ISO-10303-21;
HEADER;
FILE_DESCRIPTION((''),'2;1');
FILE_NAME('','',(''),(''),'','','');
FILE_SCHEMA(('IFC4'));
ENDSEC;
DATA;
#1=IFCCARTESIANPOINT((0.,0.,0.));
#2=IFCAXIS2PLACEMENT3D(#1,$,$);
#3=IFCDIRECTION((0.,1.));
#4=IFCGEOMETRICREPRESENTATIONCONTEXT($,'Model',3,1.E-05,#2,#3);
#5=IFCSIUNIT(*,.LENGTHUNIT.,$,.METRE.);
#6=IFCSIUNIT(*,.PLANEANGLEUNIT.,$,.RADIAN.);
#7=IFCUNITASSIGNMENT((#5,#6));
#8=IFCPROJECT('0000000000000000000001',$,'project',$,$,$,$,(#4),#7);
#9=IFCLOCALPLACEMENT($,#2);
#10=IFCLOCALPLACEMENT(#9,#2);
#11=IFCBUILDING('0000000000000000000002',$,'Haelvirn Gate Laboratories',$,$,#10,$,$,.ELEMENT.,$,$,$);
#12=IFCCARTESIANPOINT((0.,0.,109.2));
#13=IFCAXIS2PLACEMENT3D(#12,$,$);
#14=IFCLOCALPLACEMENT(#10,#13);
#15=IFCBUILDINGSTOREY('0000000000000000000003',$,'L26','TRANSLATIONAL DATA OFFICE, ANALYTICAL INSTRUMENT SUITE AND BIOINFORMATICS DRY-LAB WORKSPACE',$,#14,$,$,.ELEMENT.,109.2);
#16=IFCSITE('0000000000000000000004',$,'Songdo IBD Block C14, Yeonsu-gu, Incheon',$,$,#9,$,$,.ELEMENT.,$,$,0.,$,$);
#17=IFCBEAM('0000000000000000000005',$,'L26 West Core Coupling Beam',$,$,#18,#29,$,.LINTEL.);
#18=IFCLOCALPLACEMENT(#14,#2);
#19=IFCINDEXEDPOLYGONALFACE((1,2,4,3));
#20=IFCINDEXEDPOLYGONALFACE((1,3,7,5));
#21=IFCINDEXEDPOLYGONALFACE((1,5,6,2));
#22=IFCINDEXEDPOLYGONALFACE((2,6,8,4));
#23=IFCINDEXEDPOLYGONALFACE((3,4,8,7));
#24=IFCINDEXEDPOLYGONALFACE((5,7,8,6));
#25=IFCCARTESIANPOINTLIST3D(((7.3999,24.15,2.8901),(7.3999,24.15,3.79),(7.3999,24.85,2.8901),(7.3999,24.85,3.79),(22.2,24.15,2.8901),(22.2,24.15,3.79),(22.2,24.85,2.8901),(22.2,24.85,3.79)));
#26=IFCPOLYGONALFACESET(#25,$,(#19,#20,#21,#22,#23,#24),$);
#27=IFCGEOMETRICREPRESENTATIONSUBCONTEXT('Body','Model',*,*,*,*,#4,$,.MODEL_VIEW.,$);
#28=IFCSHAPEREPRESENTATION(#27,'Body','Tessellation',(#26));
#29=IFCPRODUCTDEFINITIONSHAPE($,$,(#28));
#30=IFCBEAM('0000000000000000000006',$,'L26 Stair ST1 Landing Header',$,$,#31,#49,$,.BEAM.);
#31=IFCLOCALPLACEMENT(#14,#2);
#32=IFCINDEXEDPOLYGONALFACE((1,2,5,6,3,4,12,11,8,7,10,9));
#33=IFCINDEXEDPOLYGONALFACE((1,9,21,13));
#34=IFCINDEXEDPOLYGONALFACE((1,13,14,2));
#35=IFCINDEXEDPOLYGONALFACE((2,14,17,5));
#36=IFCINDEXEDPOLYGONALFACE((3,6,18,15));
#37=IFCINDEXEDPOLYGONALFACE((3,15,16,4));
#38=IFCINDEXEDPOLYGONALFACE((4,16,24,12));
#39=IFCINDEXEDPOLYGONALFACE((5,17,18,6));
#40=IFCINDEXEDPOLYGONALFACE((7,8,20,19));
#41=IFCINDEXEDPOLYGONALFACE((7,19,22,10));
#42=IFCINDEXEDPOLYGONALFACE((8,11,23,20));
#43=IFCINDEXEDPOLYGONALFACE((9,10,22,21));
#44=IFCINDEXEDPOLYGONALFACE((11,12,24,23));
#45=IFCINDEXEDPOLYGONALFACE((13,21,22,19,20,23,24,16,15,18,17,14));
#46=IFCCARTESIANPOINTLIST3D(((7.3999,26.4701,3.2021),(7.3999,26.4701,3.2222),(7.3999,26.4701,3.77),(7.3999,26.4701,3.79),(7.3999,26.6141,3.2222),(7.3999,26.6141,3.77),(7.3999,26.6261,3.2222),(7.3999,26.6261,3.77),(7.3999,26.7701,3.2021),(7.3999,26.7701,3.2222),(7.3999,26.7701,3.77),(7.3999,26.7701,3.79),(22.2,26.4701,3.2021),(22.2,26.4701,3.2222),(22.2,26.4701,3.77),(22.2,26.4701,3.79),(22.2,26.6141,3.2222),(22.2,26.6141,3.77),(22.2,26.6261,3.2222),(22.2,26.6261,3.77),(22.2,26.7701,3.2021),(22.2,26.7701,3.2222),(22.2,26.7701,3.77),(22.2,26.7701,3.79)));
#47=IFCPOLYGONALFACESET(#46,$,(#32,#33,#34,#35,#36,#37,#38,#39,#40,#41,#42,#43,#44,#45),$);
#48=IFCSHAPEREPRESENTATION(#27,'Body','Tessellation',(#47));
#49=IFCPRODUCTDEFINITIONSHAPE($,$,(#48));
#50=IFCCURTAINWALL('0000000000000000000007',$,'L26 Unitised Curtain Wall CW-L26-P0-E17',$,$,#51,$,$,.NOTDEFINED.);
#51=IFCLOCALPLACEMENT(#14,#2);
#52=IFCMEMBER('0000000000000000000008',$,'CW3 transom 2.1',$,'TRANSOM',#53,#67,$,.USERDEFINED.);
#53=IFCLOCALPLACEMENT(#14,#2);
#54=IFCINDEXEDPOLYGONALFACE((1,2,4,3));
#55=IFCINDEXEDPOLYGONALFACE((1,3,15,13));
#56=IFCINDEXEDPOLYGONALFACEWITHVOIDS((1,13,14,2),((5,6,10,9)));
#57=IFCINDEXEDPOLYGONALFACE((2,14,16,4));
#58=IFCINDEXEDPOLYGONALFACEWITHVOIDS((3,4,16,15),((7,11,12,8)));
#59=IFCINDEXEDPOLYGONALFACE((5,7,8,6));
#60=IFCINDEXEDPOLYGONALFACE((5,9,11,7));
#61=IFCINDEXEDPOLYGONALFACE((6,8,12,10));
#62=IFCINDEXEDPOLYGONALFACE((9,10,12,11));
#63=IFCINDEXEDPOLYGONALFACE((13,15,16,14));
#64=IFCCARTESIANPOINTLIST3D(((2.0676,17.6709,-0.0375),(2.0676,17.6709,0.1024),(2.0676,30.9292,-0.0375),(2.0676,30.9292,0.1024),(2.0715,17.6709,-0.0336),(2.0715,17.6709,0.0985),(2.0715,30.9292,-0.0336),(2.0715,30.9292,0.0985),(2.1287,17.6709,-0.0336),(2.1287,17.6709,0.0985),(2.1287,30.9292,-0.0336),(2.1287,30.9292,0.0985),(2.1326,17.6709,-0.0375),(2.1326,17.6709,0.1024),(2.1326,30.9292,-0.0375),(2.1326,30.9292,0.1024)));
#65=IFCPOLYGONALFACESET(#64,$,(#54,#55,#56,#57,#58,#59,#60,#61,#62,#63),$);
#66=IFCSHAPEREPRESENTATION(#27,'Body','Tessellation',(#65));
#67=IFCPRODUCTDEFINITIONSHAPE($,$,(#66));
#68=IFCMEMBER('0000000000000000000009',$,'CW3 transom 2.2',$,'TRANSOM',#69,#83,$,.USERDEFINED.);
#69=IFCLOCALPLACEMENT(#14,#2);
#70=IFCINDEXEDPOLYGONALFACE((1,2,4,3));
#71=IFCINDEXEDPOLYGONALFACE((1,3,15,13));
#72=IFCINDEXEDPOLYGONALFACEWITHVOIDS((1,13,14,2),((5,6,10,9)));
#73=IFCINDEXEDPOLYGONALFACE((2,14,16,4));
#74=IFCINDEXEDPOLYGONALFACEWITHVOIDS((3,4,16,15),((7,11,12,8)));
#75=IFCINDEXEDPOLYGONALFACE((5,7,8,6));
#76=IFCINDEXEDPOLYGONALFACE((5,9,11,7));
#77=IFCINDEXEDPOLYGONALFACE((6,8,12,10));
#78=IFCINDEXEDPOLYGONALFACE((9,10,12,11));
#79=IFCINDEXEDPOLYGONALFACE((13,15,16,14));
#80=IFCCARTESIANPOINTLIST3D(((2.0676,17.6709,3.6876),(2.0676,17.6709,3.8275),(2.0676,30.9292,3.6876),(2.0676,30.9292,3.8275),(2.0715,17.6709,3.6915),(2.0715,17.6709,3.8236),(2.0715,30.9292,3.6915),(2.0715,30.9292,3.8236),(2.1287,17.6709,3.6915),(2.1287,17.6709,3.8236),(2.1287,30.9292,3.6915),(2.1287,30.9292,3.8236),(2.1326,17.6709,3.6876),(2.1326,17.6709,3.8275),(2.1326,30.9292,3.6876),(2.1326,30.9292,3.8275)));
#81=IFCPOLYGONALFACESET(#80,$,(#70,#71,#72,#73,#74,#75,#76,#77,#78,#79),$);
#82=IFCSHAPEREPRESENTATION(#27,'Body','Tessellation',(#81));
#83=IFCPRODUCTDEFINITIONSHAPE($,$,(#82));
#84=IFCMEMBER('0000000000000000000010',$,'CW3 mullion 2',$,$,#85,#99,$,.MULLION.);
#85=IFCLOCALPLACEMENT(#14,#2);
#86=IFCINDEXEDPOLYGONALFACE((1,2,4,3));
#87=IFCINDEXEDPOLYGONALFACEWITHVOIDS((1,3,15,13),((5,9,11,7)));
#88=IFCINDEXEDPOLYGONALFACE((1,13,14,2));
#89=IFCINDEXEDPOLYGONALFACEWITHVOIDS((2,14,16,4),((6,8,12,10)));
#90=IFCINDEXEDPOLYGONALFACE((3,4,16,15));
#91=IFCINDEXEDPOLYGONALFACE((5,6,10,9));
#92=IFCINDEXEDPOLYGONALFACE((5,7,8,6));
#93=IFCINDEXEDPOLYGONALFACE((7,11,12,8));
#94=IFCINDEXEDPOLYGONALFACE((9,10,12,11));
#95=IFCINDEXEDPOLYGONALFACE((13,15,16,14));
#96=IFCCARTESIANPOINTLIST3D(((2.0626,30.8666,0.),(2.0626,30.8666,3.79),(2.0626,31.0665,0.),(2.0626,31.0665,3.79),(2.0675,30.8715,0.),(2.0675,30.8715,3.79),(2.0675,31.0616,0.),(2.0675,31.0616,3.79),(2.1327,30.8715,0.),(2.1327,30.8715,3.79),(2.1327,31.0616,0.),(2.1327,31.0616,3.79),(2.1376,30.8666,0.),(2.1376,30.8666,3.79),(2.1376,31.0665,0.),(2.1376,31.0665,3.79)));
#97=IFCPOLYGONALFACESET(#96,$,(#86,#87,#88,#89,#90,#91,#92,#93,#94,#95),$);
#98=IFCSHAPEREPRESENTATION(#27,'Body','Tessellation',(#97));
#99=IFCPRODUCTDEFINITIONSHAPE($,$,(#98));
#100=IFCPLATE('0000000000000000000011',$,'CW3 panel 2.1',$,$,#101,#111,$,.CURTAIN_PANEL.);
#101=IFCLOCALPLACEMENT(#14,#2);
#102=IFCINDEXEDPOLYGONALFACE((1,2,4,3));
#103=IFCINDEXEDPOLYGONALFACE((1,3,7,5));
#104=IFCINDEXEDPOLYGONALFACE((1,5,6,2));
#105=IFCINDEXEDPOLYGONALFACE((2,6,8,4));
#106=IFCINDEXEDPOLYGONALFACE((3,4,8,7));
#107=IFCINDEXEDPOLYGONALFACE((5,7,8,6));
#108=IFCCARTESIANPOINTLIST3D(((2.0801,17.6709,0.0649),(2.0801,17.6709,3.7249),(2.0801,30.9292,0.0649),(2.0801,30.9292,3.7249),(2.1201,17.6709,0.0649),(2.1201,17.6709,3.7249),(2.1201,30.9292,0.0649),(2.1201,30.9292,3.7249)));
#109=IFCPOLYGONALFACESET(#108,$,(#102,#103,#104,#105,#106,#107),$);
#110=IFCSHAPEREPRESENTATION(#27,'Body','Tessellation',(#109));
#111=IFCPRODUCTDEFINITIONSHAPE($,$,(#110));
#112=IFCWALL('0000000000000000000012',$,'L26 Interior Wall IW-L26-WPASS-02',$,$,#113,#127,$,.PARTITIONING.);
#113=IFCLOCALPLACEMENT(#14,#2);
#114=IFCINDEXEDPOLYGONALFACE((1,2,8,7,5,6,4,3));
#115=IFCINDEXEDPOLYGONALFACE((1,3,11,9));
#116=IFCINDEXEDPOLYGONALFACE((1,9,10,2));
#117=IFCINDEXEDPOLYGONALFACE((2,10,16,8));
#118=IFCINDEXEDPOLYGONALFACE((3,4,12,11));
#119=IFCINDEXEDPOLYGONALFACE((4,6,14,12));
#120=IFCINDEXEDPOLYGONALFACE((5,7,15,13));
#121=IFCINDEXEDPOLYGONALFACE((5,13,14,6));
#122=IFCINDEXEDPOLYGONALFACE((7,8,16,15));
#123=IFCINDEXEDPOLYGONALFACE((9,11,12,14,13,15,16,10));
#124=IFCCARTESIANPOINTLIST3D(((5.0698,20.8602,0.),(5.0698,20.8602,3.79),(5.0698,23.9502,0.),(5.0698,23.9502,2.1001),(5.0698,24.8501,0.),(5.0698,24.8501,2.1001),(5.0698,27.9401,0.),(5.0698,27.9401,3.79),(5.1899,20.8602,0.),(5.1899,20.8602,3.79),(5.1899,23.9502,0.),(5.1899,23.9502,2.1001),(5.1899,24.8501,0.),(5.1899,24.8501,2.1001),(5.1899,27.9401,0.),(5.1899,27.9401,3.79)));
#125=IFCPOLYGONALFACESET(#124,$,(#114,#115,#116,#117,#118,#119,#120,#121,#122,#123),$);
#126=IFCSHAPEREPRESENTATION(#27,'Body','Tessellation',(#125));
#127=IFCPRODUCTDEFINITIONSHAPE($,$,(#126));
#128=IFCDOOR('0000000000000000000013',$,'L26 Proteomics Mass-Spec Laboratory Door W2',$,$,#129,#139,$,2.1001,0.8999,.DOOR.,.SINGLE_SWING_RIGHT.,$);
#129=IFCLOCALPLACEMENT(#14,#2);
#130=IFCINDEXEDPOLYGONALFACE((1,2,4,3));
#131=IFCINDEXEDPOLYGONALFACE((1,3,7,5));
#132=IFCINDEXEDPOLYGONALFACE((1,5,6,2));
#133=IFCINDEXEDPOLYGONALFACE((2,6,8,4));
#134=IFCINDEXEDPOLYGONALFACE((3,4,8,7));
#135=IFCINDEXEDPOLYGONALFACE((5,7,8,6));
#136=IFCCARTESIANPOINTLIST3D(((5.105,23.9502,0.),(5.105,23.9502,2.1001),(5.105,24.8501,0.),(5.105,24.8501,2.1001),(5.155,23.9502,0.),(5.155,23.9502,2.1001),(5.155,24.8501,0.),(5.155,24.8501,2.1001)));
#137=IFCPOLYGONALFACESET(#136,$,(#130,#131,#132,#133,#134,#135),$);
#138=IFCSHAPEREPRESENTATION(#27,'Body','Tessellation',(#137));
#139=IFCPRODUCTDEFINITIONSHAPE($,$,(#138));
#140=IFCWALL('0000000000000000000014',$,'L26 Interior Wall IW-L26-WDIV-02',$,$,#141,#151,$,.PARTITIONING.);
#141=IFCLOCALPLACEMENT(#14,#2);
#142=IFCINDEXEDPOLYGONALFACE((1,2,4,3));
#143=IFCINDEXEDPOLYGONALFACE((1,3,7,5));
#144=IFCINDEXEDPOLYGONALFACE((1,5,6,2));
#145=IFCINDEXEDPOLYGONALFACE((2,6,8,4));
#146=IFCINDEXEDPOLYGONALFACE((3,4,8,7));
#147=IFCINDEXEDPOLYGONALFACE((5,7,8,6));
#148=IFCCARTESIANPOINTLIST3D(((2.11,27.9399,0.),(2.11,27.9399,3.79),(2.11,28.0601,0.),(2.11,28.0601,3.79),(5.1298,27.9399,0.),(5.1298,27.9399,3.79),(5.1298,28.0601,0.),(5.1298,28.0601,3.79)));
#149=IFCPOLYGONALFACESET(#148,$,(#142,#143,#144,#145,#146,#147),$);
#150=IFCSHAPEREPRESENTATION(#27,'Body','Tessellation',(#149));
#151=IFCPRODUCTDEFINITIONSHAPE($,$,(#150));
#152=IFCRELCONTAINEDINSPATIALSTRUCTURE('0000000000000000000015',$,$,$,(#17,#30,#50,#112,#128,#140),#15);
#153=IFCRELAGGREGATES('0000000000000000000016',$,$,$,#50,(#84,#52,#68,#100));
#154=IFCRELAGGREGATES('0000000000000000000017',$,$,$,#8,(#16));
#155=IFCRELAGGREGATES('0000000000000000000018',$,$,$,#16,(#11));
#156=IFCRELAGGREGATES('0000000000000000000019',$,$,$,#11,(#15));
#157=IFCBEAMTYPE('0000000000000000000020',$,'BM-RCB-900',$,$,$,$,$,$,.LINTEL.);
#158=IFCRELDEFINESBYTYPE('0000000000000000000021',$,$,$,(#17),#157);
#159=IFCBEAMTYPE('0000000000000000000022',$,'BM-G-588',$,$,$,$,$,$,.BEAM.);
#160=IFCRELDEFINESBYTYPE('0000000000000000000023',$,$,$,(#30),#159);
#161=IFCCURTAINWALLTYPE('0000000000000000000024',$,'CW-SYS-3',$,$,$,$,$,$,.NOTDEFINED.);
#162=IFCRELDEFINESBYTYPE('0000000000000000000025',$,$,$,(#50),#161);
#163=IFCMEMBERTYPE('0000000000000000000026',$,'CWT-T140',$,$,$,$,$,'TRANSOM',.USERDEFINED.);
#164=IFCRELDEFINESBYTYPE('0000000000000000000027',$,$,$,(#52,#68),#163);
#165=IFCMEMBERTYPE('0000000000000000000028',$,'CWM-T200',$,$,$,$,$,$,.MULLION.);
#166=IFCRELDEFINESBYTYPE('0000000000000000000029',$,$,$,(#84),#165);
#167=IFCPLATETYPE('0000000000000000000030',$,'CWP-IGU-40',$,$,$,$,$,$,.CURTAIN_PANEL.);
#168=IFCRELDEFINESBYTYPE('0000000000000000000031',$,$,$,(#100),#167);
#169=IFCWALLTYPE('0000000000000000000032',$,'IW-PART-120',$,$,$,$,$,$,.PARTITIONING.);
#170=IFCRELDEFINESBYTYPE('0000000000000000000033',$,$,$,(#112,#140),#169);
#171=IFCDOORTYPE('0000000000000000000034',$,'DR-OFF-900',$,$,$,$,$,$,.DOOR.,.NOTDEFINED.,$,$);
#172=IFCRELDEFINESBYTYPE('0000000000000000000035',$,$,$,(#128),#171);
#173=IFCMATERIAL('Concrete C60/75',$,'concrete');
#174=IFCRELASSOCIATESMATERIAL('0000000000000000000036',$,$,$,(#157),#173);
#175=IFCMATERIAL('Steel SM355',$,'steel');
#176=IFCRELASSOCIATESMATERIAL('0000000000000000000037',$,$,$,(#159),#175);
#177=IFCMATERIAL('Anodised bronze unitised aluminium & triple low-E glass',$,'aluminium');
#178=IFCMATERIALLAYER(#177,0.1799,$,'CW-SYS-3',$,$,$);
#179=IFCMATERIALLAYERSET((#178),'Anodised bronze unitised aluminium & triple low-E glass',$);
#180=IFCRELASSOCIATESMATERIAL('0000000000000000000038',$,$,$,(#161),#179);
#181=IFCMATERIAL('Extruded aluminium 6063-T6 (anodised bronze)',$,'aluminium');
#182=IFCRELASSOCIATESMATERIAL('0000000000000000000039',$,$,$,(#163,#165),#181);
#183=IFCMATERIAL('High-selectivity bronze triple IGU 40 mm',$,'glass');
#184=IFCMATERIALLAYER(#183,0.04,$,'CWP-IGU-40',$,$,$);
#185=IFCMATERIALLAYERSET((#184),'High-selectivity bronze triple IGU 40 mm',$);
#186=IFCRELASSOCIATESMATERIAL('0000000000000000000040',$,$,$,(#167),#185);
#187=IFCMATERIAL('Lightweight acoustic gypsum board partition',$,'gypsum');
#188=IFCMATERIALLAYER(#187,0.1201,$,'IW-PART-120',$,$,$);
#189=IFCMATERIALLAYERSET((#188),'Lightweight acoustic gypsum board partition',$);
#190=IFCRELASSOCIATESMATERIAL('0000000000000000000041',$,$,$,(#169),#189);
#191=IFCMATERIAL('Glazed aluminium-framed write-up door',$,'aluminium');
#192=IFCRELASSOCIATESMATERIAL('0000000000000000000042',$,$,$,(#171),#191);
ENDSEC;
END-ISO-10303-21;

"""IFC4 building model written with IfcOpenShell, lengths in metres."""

from ifc_helpers import new_model, si_unit, direction, frame, frame_2d, origin, origin_2d, place, context, subcontext, project, spatial, rectangle, hollow_rectangle, i_section, extrude, source, transform, mapped, material, layer, layer_set, material_profile, profile_set, type_object, type_shapes, element, fill, aggregate, save


model = new_model("IFC4")

# Units and contexts
model_context = context("Model", 3, precision=1e-05, world=origin(), true_north=direction((0.0, 1.0)))
body_context = subcontext(model_context, "Body", "Model", "MODEL_VIEW")
ifc_project = project(units=[si_unit("LENGTHUNIT", "METRE"), si_unit("PLANEANGLEUNIT", "RADIAN")], contexts=[model_context])

# Site, building, storey
site_placement = place(None, origin())
site = spatial("IfcSite", under=ifc_project, at=site_placement, Name="Songdo IBD Block C14, Yeonsu-gu, Incheon", CompositionType="ELEMENT", RefElevation=0.0)
building_placement = place(site_placement, origin())
building = spatial("IfcBuilding", under=site, at=building_placement, Name="Haelvirn Gate Laboratories", CompositionType="ELEMENT")
storey_placement = place(building_placement, frame((0.0, 0.0, 109.2)))
storey = spatial("IfcBuildingStorey", under=building, at=storey_placement, Name="L26", Description="TRANSLATIONAL DATA OFFICE, ANALYTICAL INSTRUMENT SUITE AND BIOINFORMATICS DRY-LAB WORKSPACE", CompositionType="ELEMENT", Elevation=109.2)

# Beams
ifc_material_1 = material(Name="Concrete C60/75", Category="concrete")
ifc_material_profile_1 = material_profile(ifc_material_1, rectangle(XDim=0.7, YDim=0.8999, at=origin_2d()), Name="RCB-700x900")
ifc_profile_set_1 = profile_set([ifc_material_profile_1], Name="Concrete C60/75")
beam_type_1 = type_object("IfcBeamType", Name="BM-RCB-900", PredefinedType="LINTEL", material=ifc_profile_set_1)
shared_shape_1 = source(origin(), body_context, "Body", "SweptSolid", [
    extrude(rectangle(XDim=0.7, YDim=0.8999, at=origin_2d()), origin(), (0.0, 0.0, 1.0), 14.8),
])
type_shapes(beam_type_1, [shared_shape_1])
beam_1_placement = place(storey_placement, frame((7.3999, 24.5, 3.3401), z_axis=(1.0, 0.0, 0.0), x_axis=(0.0, 1.0, 0.0)))
element("IfcBeam", 1, at=beam_1_placement, inside=storey, type_object=beam_type_1, Name="L26 West Core Coupling Beam", PredefinedType="LINTEL", context=body_context, shape_type="MappedRepresentation", body=[
    mapped(shared_shape_1, transform((0.0, 0.0, 0.0), scale=1.0)),
])
ifc_material_2 = material(Name="Steel SM355", Category="steel")
ifc_material_profile_2 = material_profile(ifc_material_2, i_section(OverallWidth=0.3, OverallDepth=0.5879, WebThickness=0.012, FlangeThickness=0.02, at=origin_2d()), Name="H-588x300x12x20")
ifc_profile_set_2 = profile_set([ifc_material_profile_2], Name="Steel SM355")
beam_type_2 = type_object("IfcBeamType", Name="BM-G-588", PredefinedType="BEAM", material=ifc_profile_set_2)
shared_shape_2 = source(origin(), body_context, "Body", "SweptSolid", [
    extrude(i_section(OverallWidth=0.3, OverallDepth=0.5879, WebThickness=0.012, FlangeThickness=0.02, at=origin_2d()), origin(), (0.0, 0.0, 1.0), 14.8),
])
type_shapes(beam_type_2, [shared_shape_2])
beam_2_placement = place(storey_placement, frame((7.3999, 26.6201, 3.4961), z_axis=(1.0, 0.0, 0.0), x_axis=(0.0, 1.0, 0.0)))
element("IfcBeam", 2, at=beam_2_placement, inside=storey, type_object=beam_type_2, Name="L26 Stair ST1 Landing Header", PredefinedType="BEAM", context=body_context, shape_type="MappedRepresentation", body=[
    mapped(shared_shape_2, transform((0.0, 0.0, 0.0), scale=1.0)),
])

# Curtain wall, members, plate
ifc_material_3 = material(Name="Anodised bronze unitised aluminium & triple low-E glass", Category="aluminium")
ifc_layer_1 = layer(ifc_material_3, 0.1799, Name="CW-SYS-3")
ifc_layer_set_1 = layer_set([ifc_layer_1], Name="Anodised bronze unitised aluminium & triple low-E glass")
curtain_wall_type = type_object("IfcCurtainWallType", Name="CW-SYS-3", PredefinedType="NOTDEFINED", material=ifc_layer_set_1)
curtain_wall_placement = place(storey_placement, origin())
curtain_wall = element("IfcCurtainWall", 3, at=curtain_wall_placement, inside=storey, type_object=curtain_wall_type, Name="L26 Unitised Curtain Wall CW-L26-P0-E17", PredefinedType="NOTDEFINED")
ifc_material_4 = material(Name="Extruded aluminium 6063-T6 (anodised bronze)", Category="aluminium")
ifc_material_profile_3 = material_profile(ifc_material_4, hollow_rectangle(XDim=0.0649, YDim=0.1399, WallThickness=0.0039, at=origin_2d()), Name="CWT-140x65x4")
ifc_profile_set_3 = profile_set([ifc_material_profile_3], Name="Extruded aluminium 6063-T6 (anodised bronze)")
member_type_1 = type_object("IfcMemberType", Name="CWT-T140", ElementType="TRANSOM", PredefinedType="USERDEFINED", material=ifc_profile_set_3)
shared_shape_3 = source(origin(), body_context, "Body", "SweptSolid", [
    extrude(hollow_rectangle(XDim=0.0649, YDim=0.1399, WallThickness=0.0039, at=origin_2d()), origin(), (0.0, 0.0, 1.0), 13.2583),
])
type_shapes(member_type_1, [shared_shape_3])
member_1_placement = place(storey_placement, frame((2.1001, 30.9292, 0.0325), z_axis=(0.0, -1.0, 0.0), x_axis=(1.0, 0.0, 0.0)))
member_1 = element("IfcMember", 4, at=member_1_placement, type_object=member_type_1, Name="CW3 transom 2.1", ObjectType="TRANSOM", PredefinedType="USERDEFINED", context=body_context, shape_type="MappedRepresentation", body=[
    mapped(shared_shape_3, transform((0.0, 0.0, 0.0), scale=1.0)),
])
member_2_placement = place(storey_placement, frame((2.1001, 30.9292, 3.7576), z_axis=(0.0, -1.0, 0.0), x_axis=(1.0, 0.0, 0.0)))
member_2 = element("IfcMember", 5, at=member_2_placement, type_object=member_type_1, Name="CW3 transom 2.2", ObjectType="TRANSOM", PredefinedType="USERDEFINED", context=body_context, shape_type="MappedRepresentation", body=[
    mapped(shared_shape_3, transform((0.0, 0.0, 0.0), scale=1.0)),
])
ifc_material_profile_4 = material_profile(ifc_material_4, hollow_rectangle(XDim=0.075, YDim=0.2, WallThickness=0.0049, at=origin_2d()), Name="CWM-200x75x5")
ifc_profile_set_4 = profile_set([ifc_material_profile_4], Name="Extruded aluminium 6063-T6 (anodised bronze)")
member_type_2 = type_object("IfcMemberType", Name="CWM-T200", PredefinedType="MULLION", material=ifc_profile_set_4)
shared_shape_4 = source(origin(), body_context, "Body", "SweptSolid", [
    extrude(hollow_rectangle(XDim=0.075, YDim=0.2, WallThickness=0.0049, at=origin_2d()), origin(), (0.0, 0.0, 1.0), 3.79),
])
type_shapes(member_type_2, [shared_shape_4])
member_3_placement = place(storey_placement, frame((2.1001, 30.9666, 0.0), z_axis=(0.0, 0.0, 1.0), x_axis=(1.0, 0.0, 0.0)))
member_3 = element("IfcMember", 6, at=member_3_placement, type_object=member_type_2, Name="CW3 mullion 2", PredefinedType="MULLION", context=body_context, shape_type="MappedRepresentation", body=[
    mapped(shared_shape_4, transform((0.0, 0.0, 0.0), scale=1.0)),
])
ifc_material_5 = material(Name="High-selectivity bronze triple IGU 40 mm", Category="glass")
ifc_layer_2 = layer(ifc_material_5, 0.04, Name="CWP-IGU-40")
ifc_layer_set_2 = layer_set([ifc_layer_2], Name="High-selectivity bronze triple IGU 40 mm")
plate_type = type_object("IfcPlateType", Name="CWP-IGU-40", PredefinedType="CURTAIN_PANEL", material=ifc_layer_set_2)
shared_shape_5 = source(origin(), body_context, "Body", "SweptSolid", [
    extrude(rectangle(XDim=13.2583, YDim=0.04, at=origin_2d()), origin(), (0.0, 0.0, 1.0), 3.6599),
])
type_shapes(plate_type, [shared_shape_5])
plate_placement = place(storey_placement, frame((2.1001, 24.3, 0.0649), z_axis=(0.0, 0.0, 1.0), x_axis=(0.0, -1.0, 0.0)))
plate = element("IfcPlate", 7, at=plate_placement, type_object=plate_type, Name="CW3 panel 2.1", PredefinedType="CURTAIN_PANEL", context=body_context, shape_type="MappedRepresentation", body=[
    mapped(shared_shape_5, transform((0.0, 0.0, 0.0), scale=1.0)),
])
aggregate(curtain_wall, [member_3, member_1, member_2, plate])

# Wall, opening, door
ifc_material_6 = material(Name="Lightweight acoustic gypsum board partition", Category="gypsum")
ifc_layer_3 = layer(ifc_material_6, 0.1201, Name="IW-PART-120")
ifc_layer_set_3 = layer_set([ifc_layer_3], Name="Lightweight acoustic gypsum board partition")
wall_type_1 = type_object("IfcWallType", Name="IW-PART-120", PredefinedType="PARTITIONING", material=ifc_layer_set_3)
wall_1_placement = place(storey_placement, frame((5.1299, 20.8601, 0.0), z_axis=(0.0, 0.0, 1.0), x_axis=(0.0, 1.0, 0.0)))
wall_1 = element("IfcWall", 8, at=wall_1_placement, inside=storey, type_object=wall_type_1, Name="L26 Interior Wall IW-L26-WPASS-02", PredefinedType="PARTITIONING", context=body_context, shape_type="SweptSolid", body=[
    extrude(rectangle(XDim=7.0798, YDim=0.1201, at=frame_2d((3.54, 0.0))), origin(), (0.0, 0.0, 1.0), 3.79),
])
opening_1_placement = place(wall_1_placement, frame((3.0901, 0.0, 0.0)))
opening_1 = element("IfcOpeningElement", 9, at=opening_1_placement, cuts=wall_1, PredefinedType="OPENING", context=body_context, shape_type="SweptSolid", body=[
    extrude(rectangle(XDim=0.8999, YDim=2.1001, at=frame_2d((0.45, 1.05))), frame((0.0, 0.0701, 0.0), z_axis=(0.0, -1.0, 0.0), x_axis=(1.0, 0.0, 0.0)), (0.0, 0.0, 1.0), 0.1401),
])
ifc_material_7 = material(Name="Glazed aluminium-framed write-up door", Category="aluminium")
door_type_1 = type_object("IfcDoorType", Name="DR-OFF-900", OperationType="NOTDEFINED", PredefinedType="DOOR", material=ifc_material_7)
shared_shape_6 = source(origin(), body_context, "Body", "SweptSolid", [
    extrude(rectangle(XDim=0.8999, YDim=2.1001, at=frame_2d((0.45, 1.05))), frame((0.0, 0.0249, 0.0), z_axis=(0.0, -1.0, 0.0), x_axis=(1.0, 0.0, 0.0)), (0.0, 0.0, 1.0), 0.05),
])
type_shapes(door_type_1, [shared_shape_6])
door_1_placement = place(opening_1_placement, origin())
door_1 = element("IfcDoor", 10, at=door_1_placement, inside=storey, type_object=door_type_1, Name="L26 Proteomics Mass-Spec Laboratory Door W2", OperationType="SINGLE_SWING_RIGHT", OverallHeight=2.1001, OverallWidth=0.8999, PredefinedType="DOOR", context=body_context, shape_type="MappedRepresentation", body=[
    mapped(shared_shape_6, transform((0.0, 0.0, 0.0), scale=1.0)),
])
fill(opening_1, door_1)

# Wall
wall_2_placement = place(storey_placement, frame((2.1101, 28.0, 0.0), z_axis=(0.0, 0.0, 1.0), x_axis=(1.0, 0.0, 0.0)))
element("IfcWall", 11, at=wall_2_placement, inside=storey, type_object=wall_type_1, Name="L26 Interior Wall IW-L26-WDIV-02", PredefinedType="PARTITIONING", context=body_context, shape_type="SweptSolid", body=[
    extrude(rectangle(XDim=3.0198, YDim=0.1201, at=frame_2d((1.5098, 0.0))), origin(), (0.0, 0.0, 1.0), 3.79),
])

save(model, "model.ifc")
